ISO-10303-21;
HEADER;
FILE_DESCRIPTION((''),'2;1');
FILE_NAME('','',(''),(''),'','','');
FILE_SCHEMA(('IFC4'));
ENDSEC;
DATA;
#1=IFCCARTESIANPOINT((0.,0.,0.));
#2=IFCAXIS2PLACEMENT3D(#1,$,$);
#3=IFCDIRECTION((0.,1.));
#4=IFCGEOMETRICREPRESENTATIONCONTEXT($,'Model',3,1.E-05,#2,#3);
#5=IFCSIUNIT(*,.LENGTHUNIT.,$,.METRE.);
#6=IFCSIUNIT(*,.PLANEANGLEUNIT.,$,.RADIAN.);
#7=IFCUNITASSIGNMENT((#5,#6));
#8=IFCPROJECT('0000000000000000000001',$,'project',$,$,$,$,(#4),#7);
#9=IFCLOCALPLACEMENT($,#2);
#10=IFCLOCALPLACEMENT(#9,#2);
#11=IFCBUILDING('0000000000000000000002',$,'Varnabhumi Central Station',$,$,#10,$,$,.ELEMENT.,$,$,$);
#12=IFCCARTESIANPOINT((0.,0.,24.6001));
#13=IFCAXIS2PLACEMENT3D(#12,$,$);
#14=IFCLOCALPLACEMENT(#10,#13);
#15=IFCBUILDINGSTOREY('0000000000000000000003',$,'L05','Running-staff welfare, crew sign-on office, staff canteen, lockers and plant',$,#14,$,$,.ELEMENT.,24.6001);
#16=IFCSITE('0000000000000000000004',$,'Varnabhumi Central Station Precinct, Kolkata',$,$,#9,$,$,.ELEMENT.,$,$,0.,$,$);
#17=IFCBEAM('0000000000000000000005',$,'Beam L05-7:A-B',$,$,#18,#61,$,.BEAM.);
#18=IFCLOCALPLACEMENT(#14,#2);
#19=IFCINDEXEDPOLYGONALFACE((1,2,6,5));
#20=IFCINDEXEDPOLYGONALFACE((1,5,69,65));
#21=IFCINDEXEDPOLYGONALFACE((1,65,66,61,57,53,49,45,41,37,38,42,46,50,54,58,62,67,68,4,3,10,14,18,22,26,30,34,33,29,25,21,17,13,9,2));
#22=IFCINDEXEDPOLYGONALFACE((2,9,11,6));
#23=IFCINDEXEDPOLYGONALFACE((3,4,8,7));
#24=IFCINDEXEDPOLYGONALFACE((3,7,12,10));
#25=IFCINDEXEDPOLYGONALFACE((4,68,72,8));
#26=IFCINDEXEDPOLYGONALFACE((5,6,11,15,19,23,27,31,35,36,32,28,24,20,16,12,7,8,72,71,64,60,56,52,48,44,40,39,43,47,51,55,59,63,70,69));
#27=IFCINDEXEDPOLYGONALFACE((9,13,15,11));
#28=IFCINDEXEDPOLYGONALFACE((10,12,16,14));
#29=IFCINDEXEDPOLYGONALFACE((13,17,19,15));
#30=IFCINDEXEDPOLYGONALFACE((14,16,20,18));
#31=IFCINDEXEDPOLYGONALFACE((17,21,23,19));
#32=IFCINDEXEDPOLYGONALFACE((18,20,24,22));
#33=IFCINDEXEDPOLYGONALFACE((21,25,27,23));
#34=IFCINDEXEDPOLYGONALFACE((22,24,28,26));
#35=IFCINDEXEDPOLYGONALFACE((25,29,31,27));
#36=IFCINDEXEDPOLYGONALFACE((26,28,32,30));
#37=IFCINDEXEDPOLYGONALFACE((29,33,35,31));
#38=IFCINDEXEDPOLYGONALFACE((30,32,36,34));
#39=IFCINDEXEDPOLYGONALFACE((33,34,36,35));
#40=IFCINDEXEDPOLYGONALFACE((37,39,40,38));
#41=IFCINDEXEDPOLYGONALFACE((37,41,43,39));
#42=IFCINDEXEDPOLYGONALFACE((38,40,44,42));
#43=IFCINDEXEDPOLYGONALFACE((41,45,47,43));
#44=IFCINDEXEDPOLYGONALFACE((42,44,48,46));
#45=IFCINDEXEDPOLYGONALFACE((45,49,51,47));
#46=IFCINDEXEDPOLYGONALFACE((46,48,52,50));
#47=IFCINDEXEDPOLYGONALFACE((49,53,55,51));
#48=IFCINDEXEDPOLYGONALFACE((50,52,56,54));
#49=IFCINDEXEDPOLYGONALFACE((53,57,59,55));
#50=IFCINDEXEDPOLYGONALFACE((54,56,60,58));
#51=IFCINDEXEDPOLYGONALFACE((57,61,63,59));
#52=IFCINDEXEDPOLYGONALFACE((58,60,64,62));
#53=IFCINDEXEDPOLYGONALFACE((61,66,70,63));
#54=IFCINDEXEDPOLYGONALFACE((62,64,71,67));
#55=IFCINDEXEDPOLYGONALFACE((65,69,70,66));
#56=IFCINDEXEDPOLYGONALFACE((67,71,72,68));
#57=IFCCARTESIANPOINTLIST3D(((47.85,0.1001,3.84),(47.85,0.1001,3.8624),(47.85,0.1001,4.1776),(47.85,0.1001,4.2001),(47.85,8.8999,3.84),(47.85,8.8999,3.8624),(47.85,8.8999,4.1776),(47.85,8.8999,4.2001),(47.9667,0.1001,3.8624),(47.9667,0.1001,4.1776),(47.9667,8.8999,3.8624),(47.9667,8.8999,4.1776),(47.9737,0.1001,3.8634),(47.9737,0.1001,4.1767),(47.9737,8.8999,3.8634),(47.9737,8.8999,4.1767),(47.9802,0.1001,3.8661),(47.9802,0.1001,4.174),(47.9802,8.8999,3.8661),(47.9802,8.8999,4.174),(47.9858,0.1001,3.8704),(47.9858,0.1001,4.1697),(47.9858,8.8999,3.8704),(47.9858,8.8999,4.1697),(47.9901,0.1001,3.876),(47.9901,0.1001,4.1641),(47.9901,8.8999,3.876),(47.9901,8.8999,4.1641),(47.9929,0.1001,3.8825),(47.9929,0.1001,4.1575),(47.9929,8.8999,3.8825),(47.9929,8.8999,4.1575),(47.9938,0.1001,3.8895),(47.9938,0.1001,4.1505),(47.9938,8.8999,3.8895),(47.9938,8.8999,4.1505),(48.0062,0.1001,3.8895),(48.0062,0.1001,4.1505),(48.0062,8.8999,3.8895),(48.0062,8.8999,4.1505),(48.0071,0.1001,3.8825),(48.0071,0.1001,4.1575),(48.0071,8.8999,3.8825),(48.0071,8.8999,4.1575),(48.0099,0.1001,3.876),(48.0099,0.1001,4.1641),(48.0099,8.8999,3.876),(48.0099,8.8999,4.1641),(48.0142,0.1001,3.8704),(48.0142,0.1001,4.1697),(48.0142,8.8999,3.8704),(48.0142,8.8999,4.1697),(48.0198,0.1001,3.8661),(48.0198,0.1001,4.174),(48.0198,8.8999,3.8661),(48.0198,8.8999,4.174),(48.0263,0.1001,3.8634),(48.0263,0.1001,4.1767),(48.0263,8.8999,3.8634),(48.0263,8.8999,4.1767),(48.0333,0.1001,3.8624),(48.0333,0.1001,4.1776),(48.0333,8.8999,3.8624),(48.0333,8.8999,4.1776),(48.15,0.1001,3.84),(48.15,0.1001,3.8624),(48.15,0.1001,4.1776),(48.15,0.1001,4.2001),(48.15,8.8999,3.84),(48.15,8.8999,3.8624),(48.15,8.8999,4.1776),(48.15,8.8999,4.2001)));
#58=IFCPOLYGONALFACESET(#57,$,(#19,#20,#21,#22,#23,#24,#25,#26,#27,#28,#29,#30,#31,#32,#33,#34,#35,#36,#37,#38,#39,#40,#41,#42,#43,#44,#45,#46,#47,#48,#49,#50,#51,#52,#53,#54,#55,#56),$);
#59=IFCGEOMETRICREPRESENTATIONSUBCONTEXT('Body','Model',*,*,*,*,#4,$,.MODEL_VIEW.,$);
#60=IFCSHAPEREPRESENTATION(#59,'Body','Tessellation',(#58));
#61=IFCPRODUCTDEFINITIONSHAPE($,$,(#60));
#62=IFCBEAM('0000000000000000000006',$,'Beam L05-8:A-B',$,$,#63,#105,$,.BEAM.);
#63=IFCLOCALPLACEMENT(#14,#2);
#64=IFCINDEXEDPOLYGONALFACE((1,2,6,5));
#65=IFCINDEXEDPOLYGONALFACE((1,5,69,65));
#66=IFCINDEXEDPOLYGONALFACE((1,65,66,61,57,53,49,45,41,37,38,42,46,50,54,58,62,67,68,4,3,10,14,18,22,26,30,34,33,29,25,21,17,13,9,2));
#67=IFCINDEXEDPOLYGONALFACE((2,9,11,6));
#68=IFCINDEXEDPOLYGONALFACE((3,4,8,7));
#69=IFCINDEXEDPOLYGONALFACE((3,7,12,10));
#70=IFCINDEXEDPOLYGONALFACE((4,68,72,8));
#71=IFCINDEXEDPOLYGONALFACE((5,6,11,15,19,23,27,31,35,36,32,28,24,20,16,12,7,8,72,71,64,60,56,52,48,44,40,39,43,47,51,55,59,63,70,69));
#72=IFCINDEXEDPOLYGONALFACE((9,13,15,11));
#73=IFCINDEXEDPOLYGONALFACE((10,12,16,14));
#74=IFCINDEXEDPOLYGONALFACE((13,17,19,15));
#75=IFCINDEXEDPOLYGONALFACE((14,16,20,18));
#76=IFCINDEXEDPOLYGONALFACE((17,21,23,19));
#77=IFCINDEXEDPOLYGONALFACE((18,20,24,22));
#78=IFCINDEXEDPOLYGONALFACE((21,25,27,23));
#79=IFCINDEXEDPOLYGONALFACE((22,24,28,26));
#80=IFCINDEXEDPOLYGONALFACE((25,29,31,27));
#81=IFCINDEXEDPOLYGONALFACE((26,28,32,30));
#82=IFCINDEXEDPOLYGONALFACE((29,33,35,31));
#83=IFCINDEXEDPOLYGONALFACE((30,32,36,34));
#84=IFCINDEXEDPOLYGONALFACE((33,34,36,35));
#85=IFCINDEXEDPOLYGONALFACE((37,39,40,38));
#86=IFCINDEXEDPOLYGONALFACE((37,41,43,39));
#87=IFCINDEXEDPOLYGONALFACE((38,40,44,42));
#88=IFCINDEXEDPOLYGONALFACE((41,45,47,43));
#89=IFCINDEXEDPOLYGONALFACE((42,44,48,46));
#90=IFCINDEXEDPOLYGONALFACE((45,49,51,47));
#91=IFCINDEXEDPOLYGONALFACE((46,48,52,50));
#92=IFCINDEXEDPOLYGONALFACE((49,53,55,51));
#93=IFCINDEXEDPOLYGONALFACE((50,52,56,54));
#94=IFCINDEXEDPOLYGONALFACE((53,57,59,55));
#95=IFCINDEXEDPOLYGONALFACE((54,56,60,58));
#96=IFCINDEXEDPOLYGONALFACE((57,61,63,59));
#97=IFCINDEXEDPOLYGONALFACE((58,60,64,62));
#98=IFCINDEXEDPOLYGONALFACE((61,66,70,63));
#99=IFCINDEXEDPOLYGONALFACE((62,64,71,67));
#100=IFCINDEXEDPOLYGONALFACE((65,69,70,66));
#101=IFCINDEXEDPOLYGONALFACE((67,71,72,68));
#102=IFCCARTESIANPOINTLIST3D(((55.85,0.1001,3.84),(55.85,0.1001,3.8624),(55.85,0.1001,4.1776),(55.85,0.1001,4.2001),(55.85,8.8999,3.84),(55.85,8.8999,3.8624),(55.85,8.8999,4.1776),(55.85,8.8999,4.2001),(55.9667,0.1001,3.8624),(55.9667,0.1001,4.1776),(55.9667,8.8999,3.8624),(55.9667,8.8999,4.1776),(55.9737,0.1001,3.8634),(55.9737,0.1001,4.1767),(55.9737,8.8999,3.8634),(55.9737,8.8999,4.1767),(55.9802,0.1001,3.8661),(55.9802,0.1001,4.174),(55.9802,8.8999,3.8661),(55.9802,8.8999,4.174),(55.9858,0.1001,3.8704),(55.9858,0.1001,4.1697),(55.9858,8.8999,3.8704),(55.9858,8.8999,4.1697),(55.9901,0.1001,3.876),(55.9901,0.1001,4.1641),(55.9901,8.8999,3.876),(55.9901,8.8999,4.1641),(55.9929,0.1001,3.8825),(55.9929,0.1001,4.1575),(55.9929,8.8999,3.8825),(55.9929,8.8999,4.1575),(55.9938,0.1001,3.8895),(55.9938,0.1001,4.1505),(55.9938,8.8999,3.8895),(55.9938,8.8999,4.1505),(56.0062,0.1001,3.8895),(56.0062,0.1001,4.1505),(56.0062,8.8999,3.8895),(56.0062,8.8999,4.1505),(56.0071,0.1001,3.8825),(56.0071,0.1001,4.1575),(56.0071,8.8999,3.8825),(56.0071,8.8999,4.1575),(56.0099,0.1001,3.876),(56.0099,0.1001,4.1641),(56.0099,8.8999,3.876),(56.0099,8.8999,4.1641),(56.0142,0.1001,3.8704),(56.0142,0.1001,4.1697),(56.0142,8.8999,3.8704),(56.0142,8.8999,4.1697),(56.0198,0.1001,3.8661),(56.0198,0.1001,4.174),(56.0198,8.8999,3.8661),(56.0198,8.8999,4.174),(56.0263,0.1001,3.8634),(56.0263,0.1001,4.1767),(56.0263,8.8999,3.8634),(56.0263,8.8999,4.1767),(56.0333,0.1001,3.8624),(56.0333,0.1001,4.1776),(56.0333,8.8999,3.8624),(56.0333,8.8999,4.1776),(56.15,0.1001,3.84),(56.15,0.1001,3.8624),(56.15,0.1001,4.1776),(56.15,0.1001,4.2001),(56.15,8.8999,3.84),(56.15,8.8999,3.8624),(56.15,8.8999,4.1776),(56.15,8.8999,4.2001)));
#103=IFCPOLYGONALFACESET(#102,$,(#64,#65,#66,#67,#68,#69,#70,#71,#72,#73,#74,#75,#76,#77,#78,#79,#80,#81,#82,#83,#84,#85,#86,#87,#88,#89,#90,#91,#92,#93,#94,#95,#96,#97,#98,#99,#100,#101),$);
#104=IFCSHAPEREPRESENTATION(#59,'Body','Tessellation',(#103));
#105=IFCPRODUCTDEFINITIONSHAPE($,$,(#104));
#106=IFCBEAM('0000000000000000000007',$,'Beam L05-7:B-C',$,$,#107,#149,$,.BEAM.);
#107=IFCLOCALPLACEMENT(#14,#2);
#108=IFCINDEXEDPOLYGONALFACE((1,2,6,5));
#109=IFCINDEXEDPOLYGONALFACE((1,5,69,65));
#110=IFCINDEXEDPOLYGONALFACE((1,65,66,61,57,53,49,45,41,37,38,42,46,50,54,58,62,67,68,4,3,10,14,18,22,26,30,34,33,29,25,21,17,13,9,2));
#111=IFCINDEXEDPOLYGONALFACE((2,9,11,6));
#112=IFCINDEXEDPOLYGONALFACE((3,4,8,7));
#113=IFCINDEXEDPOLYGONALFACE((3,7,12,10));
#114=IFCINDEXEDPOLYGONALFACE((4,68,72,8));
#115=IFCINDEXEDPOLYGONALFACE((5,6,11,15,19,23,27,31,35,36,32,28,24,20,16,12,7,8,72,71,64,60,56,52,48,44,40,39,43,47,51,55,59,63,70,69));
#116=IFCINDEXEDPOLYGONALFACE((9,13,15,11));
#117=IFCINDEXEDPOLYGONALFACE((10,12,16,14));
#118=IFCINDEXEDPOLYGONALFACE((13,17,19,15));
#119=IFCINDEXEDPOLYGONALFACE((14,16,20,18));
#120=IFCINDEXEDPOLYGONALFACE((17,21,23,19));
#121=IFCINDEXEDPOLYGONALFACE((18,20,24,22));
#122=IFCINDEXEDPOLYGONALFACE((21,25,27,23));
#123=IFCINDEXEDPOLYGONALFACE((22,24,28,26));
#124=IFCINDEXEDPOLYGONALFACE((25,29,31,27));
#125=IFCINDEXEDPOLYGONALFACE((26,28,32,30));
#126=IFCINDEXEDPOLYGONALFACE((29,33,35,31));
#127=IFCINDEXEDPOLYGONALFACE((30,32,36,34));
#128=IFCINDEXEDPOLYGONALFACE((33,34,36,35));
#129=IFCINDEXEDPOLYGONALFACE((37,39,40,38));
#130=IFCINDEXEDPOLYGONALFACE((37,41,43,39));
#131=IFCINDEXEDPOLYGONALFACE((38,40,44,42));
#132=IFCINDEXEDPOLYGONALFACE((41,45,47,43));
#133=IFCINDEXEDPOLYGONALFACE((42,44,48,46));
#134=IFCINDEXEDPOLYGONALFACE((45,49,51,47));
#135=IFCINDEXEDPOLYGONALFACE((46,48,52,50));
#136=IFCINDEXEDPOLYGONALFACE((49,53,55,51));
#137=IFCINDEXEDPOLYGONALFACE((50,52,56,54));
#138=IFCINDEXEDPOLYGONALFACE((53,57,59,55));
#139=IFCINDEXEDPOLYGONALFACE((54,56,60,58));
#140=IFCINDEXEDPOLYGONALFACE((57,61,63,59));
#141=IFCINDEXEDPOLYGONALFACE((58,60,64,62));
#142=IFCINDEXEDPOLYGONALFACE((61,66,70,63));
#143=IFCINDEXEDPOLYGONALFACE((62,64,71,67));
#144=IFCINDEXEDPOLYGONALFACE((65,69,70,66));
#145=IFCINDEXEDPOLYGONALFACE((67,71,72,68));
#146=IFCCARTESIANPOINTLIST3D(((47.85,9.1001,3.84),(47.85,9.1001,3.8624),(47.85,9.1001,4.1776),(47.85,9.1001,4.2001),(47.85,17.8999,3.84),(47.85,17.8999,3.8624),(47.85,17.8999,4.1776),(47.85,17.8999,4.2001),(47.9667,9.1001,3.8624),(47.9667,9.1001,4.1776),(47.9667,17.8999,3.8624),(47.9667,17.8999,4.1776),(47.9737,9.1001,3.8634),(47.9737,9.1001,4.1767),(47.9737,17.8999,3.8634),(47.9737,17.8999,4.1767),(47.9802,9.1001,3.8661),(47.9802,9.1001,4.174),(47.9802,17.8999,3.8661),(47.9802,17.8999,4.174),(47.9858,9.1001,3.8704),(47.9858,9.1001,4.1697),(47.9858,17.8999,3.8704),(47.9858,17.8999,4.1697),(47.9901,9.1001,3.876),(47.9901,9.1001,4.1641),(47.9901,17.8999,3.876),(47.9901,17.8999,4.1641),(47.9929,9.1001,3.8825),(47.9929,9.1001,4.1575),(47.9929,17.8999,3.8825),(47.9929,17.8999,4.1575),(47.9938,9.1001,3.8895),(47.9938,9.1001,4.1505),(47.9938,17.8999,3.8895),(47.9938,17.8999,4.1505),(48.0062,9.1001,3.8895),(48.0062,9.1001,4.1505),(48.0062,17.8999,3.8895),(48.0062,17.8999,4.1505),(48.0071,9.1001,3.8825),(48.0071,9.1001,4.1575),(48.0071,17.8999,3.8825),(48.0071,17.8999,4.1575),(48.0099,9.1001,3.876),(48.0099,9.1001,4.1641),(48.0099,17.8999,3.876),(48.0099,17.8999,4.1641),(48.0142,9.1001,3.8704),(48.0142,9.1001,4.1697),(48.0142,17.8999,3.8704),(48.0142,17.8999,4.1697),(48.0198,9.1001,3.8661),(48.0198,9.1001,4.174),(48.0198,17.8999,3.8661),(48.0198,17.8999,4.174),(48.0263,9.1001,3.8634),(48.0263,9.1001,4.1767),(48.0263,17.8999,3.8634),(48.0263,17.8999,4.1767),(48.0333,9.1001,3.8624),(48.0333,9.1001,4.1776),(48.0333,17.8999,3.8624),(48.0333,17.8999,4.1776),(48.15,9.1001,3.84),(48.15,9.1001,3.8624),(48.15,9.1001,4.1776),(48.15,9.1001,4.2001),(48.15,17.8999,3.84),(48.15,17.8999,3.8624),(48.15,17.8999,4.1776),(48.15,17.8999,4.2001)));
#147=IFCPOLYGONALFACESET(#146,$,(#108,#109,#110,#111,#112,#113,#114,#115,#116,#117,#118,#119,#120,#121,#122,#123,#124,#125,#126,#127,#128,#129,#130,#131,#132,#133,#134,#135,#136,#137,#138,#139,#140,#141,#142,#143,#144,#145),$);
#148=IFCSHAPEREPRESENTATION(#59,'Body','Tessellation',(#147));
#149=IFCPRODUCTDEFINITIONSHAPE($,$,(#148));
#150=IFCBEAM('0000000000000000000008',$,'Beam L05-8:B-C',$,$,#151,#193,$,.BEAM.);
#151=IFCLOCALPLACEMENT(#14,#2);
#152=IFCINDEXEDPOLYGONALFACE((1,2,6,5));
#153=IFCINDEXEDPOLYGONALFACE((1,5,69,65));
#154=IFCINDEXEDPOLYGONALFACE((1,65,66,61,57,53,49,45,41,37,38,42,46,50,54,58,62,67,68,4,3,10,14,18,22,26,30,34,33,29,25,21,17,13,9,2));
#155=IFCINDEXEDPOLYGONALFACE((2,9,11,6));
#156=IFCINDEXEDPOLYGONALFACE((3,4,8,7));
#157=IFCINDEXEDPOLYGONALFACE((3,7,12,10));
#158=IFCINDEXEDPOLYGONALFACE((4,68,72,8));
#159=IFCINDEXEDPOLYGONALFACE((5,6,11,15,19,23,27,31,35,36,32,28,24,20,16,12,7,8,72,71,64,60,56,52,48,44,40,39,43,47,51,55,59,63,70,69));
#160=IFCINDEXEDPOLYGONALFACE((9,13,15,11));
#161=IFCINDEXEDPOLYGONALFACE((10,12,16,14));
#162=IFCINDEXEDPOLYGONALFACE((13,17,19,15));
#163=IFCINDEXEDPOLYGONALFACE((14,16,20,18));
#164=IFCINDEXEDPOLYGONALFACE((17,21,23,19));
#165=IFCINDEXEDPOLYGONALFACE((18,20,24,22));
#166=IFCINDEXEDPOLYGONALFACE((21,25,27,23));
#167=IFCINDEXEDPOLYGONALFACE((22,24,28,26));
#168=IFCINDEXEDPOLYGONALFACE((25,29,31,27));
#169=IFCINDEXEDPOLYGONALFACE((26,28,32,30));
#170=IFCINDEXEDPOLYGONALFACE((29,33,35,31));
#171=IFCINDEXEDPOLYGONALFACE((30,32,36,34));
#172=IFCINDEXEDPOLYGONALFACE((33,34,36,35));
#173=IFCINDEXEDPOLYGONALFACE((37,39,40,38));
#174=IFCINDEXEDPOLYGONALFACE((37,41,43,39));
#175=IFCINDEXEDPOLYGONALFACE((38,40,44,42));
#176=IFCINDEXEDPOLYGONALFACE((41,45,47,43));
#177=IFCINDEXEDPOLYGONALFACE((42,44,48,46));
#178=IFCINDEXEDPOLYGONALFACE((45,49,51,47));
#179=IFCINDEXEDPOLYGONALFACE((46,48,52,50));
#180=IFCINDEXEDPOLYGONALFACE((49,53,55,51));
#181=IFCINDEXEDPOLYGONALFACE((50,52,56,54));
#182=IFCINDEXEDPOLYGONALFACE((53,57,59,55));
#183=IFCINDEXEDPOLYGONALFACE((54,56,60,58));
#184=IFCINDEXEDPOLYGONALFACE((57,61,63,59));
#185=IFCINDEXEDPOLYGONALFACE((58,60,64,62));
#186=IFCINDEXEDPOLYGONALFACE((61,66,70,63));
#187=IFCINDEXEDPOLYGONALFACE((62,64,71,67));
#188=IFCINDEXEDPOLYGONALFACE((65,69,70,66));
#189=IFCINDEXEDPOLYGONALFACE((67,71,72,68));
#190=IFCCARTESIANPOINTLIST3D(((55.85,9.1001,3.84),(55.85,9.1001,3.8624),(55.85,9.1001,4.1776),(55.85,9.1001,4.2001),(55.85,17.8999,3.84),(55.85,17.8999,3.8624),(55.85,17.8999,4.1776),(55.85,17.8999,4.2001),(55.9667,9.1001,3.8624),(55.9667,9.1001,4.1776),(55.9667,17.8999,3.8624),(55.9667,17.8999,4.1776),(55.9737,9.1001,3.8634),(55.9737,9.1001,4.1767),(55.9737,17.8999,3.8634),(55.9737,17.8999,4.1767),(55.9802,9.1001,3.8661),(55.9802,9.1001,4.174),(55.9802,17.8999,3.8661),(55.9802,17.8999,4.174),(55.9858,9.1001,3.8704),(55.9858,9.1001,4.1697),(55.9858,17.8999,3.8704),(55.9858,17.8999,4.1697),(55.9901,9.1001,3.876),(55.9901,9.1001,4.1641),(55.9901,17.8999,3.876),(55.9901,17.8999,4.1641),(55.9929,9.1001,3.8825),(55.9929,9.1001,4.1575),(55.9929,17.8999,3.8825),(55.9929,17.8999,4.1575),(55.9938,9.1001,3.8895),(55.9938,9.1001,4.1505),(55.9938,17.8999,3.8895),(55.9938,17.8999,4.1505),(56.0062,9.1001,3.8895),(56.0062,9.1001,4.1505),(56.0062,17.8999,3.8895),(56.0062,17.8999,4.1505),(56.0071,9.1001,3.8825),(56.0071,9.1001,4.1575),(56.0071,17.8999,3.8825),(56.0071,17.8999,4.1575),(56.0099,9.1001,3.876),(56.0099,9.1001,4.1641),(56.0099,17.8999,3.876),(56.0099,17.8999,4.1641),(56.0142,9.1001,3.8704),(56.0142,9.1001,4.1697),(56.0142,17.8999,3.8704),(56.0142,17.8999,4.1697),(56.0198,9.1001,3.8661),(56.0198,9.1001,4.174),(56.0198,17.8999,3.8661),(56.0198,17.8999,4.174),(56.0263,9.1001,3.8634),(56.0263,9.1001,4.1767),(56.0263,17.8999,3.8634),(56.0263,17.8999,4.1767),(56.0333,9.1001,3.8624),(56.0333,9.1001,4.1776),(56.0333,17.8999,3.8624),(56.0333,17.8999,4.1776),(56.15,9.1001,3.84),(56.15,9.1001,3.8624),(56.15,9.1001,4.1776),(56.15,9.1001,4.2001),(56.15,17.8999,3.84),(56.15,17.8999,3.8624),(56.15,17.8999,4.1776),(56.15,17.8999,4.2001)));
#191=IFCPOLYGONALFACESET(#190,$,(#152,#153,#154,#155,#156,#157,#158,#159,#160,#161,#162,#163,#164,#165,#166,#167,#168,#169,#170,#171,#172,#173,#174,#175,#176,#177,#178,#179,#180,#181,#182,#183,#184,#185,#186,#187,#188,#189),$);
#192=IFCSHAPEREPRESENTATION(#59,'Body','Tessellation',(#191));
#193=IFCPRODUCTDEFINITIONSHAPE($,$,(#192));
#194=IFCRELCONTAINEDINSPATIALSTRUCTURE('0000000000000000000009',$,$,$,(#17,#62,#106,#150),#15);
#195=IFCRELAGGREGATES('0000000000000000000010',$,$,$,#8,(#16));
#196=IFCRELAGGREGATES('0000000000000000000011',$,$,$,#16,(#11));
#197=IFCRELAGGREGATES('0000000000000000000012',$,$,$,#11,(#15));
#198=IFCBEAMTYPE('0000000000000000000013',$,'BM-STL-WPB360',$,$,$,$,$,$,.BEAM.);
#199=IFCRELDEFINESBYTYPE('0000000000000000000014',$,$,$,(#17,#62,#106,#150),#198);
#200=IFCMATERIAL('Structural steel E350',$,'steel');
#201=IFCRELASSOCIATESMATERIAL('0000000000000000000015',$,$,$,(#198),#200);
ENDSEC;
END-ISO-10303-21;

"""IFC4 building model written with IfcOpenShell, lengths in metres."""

from ifc_helpers import new_model, si_unit, direction, frame, origin, origin_2d, place, context, subcontext, project, spatial, i_section, extrude, material, material_profile, profile_set, type_object, element, save


model = new_model("IFC4")

# Units and contexts
model_context = context("Model", 3, precision=1e-05, world=origin(), true_north=direction((0.0, 1.0)))
body_context = subcontext(model_context, "Body", "Model", "MODEL_VIEW")
ifc_project = project(units=[si_unit("LENGTHUNIT", "METRE"), si_unit("PLANEANGLEUNIT", "RADIAN")], contexts=[model_context])

# Site, building, storey
site_placement = place(None, origin())
site = spatial("IfcSite", under=ifc_project, at=site_placement, Name="Varnabhumi Central Station Precinct, Kolkata", CompositionType="ELEMENT", RefElevation=0.0)
building_placement = place(site_placement, origin())
building = spatial("IfcBuilding", under=site, at=building_placement, Name="Varnabhumi Central Station", CompositionType="ELEMENT")
storey_placement = place(building_placement, frame((0.0, 0.0, 24.6001)))
storey = spatial("IfcBuildingStorey", under=building, at=storey_placement, Name="L05", Description="Running-staff welfare, crew sign-on office, staff canteen, lockers and plant", CompositionType="ELEMENT", Elevation=24.6001)

# Shared definitions
ifc_material_1 = material(Name="Structural steel E350", Category="steel")

# Beams
ifc_material_profile_1 = material_profile(ifc_material_1, i_section(OverallWidth=0.3, OverallDepth=0.3601, WebThickness=0.0125, FlangeThickness=0.0225, FilletRadius=0.0271, at=origin_2d()), Name="Structural steel E350", Category="steel")
ifc_profile_set_1 = profile_set([ifc_material_profile_1], Name="Structural steel E350")
beam_type_1 = type_object("IfcBeamType", Name="BM-STL-WPB360", PredefinedType="BEAM", material=ifc_profile_set_1)
for number, where, z_axis, x_axis, name in (
    (1, (48.0, 0.1001, 4.02), (0.0, 1.0, 0.0), (-1.0, 0.0, 0.0), "Beam L05-7:A-B"),
    (2, (56.0, 0.1001, 4.02), (0.0, 1.0, 0.0), (-1.0, 0.0, 0.0), "Beam L05-8:A-B"),
    (3, (48.0, 9.1001, 4.02), (0.0, 1.0, 0.0), (-1.0, 0.0, 0.0), "Beam L05-7:B-C"),
    (4, (56.0, 9.1001, 4.02), (0.0, 1.0, 0.0), (-1.0, 0.0, 0.0), "Beam L05-8:B-C"),
):
    element("IfcBeam", number, at=place(storey_placement, frame(where, z_axis=z_axis, x_axis=x_axis)), inside=storey, type_object=beam_type_1, Name=name, PredefinedType="BEAM", context=body_context, shape_type="SweptSolid", body=[
        extrude(i_section(OverallWidth=0.3, OverallDepth=0.3601, WebThickness=0.0125, FlangeThickness=0.0225, FilletRadius=0.0271, at=origin_2d()), origin(), (0.0, 0.0, 1.0), 8.7998),
    ])

save(model, "model.ifc")
